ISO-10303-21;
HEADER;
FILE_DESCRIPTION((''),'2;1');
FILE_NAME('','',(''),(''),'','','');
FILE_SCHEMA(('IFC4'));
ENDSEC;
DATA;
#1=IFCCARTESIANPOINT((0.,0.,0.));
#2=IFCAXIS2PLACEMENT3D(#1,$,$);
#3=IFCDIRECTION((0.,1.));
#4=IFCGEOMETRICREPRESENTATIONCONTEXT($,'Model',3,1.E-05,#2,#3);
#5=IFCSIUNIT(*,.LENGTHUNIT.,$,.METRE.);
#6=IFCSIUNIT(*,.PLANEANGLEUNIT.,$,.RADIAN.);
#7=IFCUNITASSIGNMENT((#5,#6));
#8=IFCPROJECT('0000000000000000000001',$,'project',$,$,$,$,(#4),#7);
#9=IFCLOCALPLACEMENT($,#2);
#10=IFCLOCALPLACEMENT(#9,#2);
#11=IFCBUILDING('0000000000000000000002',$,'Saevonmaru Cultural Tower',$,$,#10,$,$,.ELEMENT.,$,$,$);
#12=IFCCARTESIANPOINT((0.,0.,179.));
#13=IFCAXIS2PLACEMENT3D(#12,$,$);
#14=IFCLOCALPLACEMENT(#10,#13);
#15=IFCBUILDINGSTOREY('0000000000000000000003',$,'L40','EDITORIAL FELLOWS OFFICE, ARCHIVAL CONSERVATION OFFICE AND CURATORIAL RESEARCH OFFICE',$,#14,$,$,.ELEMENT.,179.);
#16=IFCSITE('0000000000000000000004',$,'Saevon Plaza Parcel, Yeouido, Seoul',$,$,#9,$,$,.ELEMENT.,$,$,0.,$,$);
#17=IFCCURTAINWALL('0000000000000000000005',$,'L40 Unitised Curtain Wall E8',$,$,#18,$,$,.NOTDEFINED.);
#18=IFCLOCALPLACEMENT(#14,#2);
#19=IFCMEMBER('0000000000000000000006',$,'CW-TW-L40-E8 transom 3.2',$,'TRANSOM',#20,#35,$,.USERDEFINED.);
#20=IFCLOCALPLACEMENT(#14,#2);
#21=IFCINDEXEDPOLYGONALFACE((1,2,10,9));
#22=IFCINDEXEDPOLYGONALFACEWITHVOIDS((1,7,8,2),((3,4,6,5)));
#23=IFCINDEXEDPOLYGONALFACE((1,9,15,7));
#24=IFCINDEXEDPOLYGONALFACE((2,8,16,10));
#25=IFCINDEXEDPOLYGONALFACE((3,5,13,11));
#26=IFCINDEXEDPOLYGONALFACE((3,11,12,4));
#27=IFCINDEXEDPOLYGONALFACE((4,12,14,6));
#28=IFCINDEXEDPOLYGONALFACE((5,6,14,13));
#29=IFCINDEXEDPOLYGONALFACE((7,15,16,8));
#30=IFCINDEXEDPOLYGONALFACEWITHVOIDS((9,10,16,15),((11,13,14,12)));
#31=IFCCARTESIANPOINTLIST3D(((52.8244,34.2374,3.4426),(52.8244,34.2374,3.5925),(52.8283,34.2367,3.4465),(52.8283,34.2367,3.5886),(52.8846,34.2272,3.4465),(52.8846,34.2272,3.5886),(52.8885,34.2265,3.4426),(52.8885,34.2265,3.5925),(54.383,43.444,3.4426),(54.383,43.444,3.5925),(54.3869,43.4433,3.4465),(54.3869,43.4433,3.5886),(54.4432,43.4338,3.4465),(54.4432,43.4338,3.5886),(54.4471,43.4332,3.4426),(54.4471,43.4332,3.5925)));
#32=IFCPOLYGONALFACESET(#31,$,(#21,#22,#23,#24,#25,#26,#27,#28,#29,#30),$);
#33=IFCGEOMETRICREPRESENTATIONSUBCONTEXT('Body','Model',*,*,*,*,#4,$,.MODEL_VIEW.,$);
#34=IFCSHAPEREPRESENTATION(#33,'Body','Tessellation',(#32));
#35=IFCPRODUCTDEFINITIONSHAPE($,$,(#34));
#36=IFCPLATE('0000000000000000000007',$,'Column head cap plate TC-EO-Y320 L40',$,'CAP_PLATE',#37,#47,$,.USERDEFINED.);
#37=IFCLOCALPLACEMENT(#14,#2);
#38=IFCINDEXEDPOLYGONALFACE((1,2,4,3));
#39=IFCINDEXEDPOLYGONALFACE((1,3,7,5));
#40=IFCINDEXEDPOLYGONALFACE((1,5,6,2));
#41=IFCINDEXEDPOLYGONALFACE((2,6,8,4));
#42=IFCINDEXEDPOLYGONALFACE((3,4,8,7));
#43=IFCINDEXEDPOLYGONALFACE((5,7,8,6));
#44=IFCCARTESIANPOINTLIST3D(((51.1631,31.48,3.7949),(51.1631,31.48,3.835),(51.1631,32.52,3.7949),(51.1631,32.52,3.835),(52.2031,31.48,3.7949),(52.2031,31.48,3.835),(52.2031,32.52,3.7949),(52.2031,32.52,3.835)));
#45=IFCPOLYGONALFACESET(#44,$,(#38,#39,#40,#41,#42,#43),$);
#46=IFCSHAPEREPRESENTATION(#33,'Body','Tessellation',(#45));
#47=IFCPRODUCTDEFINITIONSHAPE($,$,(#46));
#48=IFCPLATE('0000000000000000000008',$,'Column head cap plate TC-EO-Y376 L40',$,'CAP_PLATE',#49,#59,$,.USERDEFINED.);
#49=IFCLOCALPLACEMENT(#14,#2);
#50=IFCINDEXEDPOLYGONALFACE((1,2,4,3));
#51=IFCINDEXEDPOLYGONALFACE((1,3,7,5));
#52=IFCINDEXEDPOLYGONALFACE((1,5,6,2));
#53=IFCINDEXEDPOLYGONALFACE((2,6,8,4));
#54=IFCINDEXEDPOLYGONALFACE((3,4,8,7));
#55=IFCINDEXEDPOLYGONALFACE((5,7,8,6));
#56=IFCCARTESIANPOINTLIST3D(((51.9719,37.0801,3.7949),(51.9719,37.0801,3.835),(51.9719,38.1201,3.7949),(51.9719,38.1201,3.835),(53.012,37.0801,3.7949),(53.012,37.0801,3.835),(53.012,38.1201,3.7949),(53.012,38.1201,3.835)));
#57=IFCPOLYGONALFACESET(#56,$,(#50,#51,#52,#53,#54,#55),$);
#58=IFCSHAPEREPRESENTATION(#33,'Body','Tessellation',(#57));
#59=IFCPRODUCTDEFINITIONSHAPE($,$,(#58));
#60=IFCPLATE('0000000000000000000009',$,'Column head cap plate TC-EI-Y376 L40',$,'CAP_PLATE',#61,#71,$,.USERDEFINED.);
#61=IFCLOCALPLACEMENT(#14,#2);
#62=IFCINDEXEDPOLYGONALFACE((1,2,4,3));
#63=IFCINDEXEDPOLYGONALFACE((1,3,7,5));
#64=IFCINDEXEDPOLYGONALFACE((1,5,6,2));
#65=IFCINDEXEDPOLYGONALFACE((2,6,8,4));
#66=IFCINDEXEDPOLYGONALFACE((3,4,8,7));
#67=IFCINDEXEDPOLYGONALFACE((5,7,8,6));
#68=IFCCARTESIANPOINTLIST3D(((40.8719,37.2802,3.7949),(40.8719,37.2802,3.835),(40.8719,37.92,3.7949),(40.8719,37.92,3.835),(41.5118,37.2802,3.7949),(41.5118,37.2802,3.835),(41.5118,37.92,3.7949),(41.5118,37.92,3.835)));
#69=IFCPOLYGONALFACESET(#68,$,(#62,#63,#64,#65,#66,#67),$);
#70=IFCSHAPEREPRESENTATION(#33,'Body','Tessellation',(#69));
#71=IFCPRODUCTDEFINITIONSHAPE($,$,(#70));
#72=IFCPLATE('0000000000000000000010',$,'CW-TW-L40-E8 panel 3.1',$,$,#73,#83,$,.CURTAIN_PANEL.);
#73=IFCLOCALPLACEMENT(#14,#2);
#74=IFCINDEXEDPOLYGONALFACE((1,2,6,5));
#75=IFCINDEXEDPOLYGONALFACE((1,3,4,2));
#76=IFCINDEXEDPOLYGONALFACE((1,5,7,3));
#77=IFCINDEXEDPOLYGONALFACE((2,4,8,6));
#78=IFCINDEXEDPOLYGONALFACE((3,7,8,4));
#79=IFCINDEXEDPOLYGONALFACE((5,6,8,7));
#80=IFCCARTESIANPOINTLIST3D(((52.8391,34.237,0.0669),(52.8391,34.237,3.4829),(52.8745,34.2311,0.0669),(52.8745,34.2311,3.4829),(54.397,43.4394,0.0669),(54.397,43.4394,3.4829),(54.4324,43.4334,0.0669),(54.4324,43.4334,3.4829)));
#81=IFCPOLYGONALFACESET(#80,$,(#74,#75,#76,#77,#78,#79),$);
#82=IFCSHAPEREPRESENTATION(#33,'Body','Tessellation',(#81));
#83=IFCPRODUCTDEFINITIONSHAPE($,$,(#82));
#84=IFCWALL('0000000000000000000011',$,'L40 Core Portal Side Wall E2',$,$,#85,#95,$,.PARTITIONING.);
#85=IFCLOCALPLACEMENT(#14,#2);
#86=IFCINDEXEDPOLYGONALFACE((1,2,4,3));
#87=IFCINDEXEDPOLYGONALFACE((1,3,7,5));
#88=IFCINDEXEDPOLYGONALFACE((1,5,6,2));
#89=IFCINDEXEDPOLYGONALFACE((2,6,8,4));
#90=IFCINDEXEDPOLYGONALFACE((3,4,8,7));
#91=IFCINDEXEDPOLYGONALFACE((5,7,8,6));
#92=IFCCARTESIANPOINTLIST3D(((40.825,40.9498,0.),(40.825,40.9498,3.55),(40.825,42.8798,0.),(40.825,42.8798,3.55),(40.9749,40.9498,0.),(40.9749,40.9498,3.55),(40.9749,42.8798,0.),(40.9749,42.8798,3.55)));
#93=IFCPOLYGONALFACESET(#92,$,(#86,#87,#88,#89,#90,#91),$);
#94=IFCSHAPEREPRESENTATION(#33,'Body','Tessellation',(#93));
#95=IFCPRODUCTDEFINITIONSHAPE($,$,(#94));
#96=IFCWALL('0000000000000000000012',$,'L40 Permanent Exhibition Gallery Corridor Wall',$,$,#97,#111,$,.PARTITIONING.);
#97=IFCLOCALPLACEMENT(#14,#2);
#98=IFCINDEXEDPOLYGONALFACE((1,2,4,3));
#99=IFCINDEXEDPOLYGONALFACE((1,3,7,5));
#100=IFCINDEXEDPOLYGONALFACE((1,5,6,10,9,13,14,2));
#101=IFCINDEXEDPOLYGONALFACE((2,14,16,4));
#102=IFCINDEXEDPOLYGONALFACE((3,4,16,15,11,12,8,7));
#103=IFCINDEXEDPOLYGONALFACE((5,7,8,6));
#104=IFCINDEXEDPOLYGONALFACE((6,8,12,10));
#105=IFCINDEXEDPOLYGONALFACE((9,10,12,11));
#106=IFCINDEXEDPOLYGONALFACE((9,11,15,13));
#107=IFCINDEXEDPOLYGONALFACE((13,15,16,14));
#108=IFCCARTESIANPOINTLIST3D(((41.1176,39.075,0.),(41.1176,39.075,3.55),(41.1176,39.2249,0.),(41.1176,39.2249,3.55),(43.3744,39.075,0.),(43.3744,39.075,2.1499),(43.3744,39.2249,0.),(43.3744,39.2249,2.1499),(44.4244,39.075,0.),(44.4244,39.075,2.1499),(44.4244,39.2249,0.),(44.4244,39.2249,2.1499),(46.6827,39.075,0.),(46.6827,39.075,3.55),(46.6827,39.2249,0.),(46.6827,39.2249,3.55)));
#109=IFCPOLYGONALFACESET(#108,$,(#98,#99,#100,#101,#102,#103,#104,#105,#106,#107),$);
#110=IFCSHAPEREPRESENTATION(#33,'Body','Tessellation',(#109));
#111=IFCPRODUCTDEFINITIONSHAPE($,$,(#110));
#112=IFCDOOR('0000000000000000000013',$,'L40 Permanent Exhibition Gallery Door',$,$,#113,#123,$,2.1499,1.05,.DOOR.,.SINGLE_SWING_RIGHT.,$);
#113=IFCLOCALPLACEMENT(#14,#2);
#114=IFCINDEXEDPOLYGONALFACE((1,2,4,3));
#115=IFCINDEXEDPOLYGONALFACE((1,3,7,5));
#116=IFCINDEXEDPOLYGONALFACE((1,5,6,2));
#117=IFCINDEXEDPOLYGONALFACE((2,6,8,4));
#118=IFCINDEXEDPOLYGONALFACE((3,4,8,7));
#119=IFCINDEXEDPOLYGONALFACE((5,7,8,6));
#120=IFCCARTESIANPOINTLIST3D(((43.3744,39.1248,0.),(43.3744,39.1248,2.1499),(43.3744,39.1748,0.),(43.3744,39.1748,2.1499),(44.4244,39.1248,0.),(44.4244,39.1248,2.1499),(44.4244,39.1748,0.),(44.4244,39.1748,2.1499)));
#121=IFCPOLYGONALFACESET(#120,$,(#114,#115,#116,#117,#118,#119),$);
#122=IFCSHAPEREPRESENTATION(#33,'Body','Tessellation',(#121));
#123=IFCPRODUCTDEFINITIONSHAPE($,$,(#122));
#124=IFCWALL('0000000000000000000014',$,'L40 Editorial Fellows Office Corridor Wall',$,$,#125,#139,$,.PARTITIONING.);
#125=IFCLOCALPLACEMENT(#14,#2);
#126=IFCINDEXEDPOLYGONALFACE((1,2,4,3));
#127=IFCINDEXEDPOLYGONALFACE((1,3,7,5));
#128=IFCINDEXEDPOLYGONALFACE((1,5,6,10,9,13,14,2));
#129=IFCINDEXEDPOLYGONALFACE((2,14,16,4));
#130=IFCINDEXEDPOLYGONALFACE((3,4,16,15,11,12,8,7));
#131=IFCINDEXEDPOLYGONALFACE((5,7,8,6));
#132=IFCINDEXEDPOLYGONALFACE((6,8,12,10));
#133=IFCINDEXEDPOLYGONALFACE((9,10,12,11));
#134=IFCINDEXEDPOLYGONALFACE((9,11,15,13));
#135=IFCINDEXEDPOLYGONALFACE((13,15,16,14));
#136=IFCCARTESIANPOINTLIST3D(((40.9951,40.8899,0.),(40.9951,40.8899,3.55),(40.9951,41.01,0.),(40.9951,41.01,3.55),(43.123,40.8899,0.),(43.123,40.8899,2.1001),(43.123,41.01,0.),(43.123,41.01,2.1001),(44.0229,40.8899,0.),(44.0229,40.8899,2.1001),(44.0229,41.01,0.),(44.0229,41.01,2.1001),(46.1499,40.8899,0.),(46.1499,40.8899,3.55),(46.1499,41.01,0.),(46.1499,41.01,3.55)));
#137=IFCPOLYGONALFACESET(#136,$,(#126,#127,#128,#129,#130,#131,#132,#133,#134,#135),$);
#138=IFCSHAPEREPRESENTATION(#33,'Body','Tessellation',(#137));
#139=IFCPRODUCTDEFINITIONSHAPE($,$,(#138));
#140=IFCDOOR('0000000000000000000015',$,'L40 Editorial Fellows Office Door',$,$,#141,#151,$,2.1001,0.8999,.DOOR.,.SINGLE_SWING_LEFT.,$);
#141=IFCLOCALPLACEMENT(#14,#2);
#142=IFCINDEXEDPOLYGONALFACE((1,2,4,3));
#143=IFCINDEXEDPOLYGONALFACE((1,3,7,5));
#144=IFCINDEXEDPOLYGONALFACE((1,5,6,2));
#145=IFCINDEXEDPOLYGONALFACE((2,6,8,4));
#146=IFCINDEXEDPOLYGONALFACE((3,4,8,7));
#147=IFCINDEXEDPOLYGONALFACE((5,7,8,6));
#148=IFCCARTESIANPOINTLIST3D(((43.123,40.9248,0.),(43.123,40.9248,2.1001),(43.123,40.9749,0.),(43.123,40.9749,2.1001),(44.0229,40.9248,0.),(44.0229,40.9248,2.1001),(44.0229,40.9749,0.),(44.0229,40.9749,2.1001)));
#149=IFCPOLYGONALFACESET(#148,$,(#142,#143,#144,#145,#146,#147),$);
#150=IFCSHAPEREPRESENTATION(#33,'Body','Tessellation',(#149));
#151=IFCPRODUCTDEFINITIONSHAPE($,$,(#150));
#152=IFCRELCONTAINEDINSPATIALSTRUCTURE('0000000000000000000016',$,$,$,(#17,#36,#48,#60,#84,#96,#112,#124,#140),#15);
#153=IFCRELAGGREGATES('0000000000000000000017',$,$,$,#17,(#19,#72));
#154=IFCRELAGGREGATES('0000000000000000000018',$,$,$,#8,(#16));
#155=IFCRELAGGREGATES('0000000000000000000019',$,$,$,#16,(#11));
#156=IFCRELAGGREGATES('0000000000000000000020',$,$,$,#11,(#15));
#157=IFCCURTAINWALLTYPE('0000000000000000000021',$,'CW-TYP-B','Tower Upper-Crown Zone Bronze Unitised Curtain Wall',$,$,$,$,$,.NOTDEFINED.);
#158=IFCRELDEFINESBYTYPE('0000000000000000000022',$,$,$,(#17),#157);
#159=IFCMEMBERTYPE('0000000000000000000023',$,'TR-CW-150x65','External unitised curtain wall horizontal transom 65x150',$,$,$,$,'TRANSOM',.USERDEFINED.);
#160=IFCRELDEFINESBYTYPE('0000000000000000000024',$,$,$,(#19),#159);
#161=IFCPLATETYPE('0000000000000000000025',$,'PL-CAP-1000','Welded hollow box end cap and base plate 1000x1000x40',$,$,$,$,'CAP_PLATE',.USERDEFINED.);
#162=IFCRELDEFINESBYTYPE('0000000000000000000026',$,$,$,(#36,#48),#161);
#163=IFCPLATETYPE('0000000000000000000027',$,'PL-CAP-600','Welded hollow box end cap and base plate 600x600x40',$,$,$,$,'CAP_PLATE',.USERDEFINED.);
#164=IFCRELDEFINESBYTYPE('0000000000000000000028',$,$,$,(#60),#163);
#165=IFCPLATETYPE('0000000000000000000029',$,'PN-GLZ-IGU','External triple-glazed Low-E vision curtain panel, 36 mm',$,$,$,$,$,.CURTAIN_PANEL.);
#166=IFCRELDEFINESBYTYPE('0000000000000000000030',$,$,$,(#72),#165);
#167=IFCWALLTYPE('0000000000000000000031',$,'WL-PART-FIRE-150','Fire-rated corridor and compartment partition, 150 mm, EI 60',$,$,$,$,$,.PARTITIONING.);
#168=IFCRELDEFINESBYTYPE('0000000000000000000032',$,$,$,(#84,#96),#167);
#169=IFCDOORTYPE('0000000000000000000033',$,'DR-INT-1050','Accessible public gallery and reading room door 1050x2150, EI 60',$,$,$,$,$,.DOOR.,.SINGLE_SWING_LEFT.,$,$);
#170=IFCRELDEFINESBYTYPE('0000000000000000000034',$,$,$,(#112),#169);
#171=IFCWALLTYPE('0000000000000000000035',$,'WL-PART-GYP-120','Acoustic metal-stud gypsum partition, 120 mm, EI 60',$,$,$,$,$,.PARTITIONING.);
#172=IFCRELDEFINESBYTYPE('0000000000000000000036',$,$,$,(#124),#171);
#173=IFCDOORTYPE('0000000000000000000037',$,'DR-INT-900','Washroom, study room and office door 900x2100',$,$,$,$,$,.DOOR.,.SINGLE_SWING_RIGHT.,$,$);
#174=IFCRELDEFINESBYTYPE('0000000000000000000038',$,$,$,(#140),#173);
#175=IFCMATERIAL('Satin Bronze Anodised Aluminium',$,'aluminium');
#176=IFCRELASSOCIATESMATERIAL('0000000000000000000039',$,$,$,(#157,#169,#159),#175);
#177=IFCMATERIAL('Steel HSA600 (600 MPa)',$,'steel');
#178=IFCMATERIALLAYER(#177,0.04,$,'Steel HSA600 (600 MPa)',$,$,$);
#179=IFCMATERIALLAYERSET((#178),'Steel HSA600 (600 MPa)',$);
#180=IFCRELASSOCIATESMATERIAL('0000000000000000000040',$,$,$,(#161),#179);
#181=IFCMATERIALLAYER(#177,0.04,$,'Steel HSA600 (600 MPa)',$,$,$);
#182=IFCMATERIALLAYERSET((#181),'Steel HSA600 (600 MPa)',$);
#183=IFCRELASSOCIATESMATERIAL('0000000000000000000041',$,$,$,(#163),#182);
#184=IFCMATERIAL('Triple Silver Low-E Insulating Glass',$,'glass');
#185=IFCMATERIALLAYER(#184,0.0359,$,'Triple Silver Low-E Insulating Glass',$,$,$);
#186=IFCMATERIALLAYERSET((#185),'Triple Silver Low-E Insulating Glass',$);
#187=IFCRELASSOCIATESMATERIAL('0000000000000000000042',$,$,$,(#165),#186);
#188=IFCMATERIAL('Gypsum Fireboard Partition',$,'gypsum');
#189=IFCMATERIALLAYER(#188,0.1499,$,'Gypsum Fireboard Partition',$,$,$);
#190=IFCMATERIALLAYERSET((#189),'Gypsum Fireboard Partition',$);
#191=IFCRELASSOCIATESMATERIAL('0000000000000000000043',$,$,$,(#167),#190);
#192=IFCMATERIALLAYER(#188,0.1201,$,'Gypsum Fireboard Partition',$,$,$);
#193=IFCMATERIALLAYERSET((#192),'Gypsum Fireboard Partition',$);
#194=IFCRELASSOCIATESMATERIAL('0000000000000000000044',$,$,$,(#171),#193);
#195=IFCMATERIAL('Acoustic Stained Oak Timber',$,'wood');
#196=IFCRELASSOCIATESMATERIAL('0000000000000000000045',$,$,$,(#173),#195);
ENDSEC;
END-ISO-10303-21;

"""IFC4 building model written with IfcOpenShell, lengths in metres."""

from ifc_helpers import new_model, si_unit, direction, frame, frame_2d, origin, origin_2d, place, context, subcontext, project, spatial, rectangle, hollow_rectangle, extrude, material, layer, layer_set, material_profile, profile_set, type_object, element, fill, aggregate, save


model = new_model("IFC4")

# Units and contexts
model_context = context("Model", 3, precision=1e-05, world=origin(), true_north=direction((0.0, 1.0)))
body_context = subcontext(model_context, "Body", "Model", "MODEL_VIEW")
ifc_project = project(units=[si_unit("LENGTHUNIT", "METRE"), si_unit("PLANEANGLEUNIT", "RADIAN")], contexts=[model_context])

# Site, building, storey
site_placement = place(None, origin())
site = spatial("IfcSite", under=ifc_project, at=site_placement, Name="Saevon Plaza Parcel, Yeouido, Seoul", CompositionType="ELEMENT", RefElevation=0.0)
building_placement = place(site_placement, origin())
building = spatial("IfcBuilding", under=site, at=building_placement, Name="Saevonmaru Cultural Tower", CompositionType="ELEMENT")
storey_placement = place(building_placement, frame((0.0, 0.0, 179.0)))
storey = spatial("IfcBuildingStorey", under=building, at=storey_placement, Name="L40", Description="EDITORIAL FELLOWS OFFICE, ARCHIVAL CONSERVATION OFFICE AND CURATORIAL RESEARCH OFFICE", CompositionType="ELEMENT", Elevation=179.0)

# Curtain wall, member
ifc_material_1 = material(Name="Satin Bronze Anodised Aluminium", Category="aluminium")
curtain_wall_type = type_object("IfcCurtainWallType", Name="CW-TYP-B", Description="Tower Upper-Crown Zone Bronze Unitised Curtain Wall", PredefinedType="NOTDEFINED", material=ifc_material_1)
curtain_wall_placement = place(storey_placement, origin())
curtain_wall = element("IfcCurtainWall", 1, at=curtain_wall_placement, inside=storey, type_object=curtain_wall_type, Name="L40 Unitised Curtain Wall E8", PredefinedType="NOTDEFINED")
ifc_material_profile_1 = material_profile(ifc_material_1, hollow_rectangle(XDim=0.0649, YDim=0.1499, WallThickness=0.0039, at=origin_2d()), Name="ALU-TRAN-150x65x4")
ifc_profile_set_1 = profile_set([ifc_material_profile_1], Name="Satin Bronze Anodised Aluminium")
member_type_1 = type_object("IfcMemberType", Name="TR-CW-150x65", Description="External unitised curtain wall horizontal transom 65x150", ElementType="TRANSOM", PredefinedType="USERDEFINED", material=ifc_profile_set_1)
member_1_placement = place(storey_placement, frame((52.8564, 34.2319, 3.5176), z_axis=(0.166917, 0.985971, 0.0), x_axis=(-0.985971, 0.166917, 0.0)))
member_1 = element("IfcMember", 2, at=member_1_placement, type_object=member_type_1, Name="CW-TW-L40-E8 transom 3.2", ObjectType="TRANSOM", PredefinedType="USERDEFINED", context=body_context, shape_type="SweptSolid", body=[
    extrude(hollow_rectangle(XDim=0.0649, YDim=0.1499, WallThickness=0.0039, at=origin_2d()), origin(), (0.0, 0.0, 1.0), 9.3376),
])

# Plates
ifc_material_2 = material(Name="Steel HSA600 (600 MPa)", Category="steel")
ifc_layer_1 = layer(ifc_material_2, 0.04, Name="Steel HSA600 (600 MPa)")
ifc_layer_set_1 = layer_set([ifc_layer_1], Name="Steel HSA600 (600 MPa)")
plate_type_1 = type_object("IfcPlateType", Name="PL-CAP-1000", Description="Welded hollow box end cap and base plate 1000x1000x40", ElementType="CAP_PLATE", PredefinedType="USERDEFINED", material=ifc_layer_set_1)
for number, where, z_axis, x_axis, name in (
    (3, (51.6831, 32.0, 3.7949), (0.0, 0.0, 1.0), (1.0, 0.0, 0.0), "Column head cap plate TC-EO-Y320 L40"),
    (4, (52.4919, 37.6001, 3.7949), (0.0, 0.0, 1.0), (1.0, 0.0, 0.0), "Column head cap plate TC-EO-Y376 L40"),
):
    element("IfcPlate", number, at=place(storey_placement, frame(where, z_axis=z_axis, x_axis=x_axis)), inside=storey, type_object=plate_type_1, Name=name, ObjectType="CAP_PLATE", PredefinedType="USERDEFINED", context=body_context, shape_type="SweptSolid", body=[
        extrude(rectangle(XDim=1.04, YDim=1.04, at=origin_2d()), origin(), (0.0, 0.0, 1.0), 0.04),
    ])
ifc_layer_2 = layer(ifc_material_2, 0.04, Name="Steel HSA600 (600 MPa)")
ifc_layer_set_2 = layer_set([ifc_layer_2], Name="Steel HSA600 (600 MPa)")
plate_type_2 = type_object("IfcPlateType", Name="PL-CAP-600", Description="Welded hollow box end cap and base plate 600x600x40", ElementType="CAP_PLATE", PredefinedType="USERDEFINED", material=ifc_layer_set_2)
plate_1_placement = place(storey_placement, frame((41.1919, 37.6001, 3.7949), z_axis=(0.0, 0.0, 1.0), x_axis=(1.0, 0.0, 0.0)))
element("IfcPlate", 5, at=plate_1_placement, inside=storey, type_object=plate_type_2, Name="Column head cap plate TC-EI-Y376 L40", ObjectType="CAP_PLATE", PredefinedType="USERDEFINED", context=body_context, shape_type="SweptSolid", body=[
    extrude(rectangle(XDim=0.6399, YDim=0.6399, at=origin_2d()), origin(), (0.0, 0.0, 1.0), 0.04),
])

# Plate
ifc_material_3 = material(Name="Triple Silver Low-E Insulating Glass", Category="glass")
ifc_layer_3 = layer(ifc_material_3, 0.0359, Name="Triple Silver Low-E Insulating Glass")
ifc_layer_set_3 = layer_set([ifc_layer_3], Name="Triple Silver Low-E Insulating Glass")
plate_type_3 = type_object("IfcPlateType", Name="PN-GLZ-IGU", Description="External triple-glazed Low-E vision curtain panel, 36 mm", PredefinedType="CURTAIN_PANEL", material=ifc_layer_set_3)
plate_2_placement = place(storey_placement, frame((53.6357, 38.8352, 0.0669), z_axis=(0.0, 0.0, 1.0), x_axis=(0.166922, 0.98597, 0.0)))
plate_2 = element("IfcPlate", 6, at=plate_2_placement, type_object=plate_type_3, Name="CW-TW-L40-E8 panel 3.1", PredefinedType="CURTAIN_PANEL", context=body_context, shape_type="SweptSolid", body=[
    extrude(rectangle(XDim=9.3333, YDim=0.0359, at=origin_2d()), origin(), (0.0, 0.0, 1.0), 3.416),
])
aggregate(curtain_wall, [member_1, plate_2])

# Shared definitions
ifc_material_4 = material(Name="Gypsum Fireboard Partition", Category="gypsum")
ifc_layer_4 = layer(ifc_material_4, 0.1499, Name="Gypsum Fireboard Partition")
ifc_layer_set_4 = layer_set([ifc_layer_4], Name="Gypsum Fireboard Partition")
wall_type_1 = type_object("IfcWallType", Name="WL-PART-FIRE-150", Description="Fire-rated corridor and compartment partition, 150 mm, EI 60", PredefinedType="PARTITIONING", material=ifc_layer_set_4)
door_type_1 = type_object("IfcDoorType", Name="DR-INT-1050", Description="Accessible public gallery and reading room door 1050x2150, EI 60", OperationType="SINGLE_SWING_LEFT", PredefinedType="DOOR", material=ifc_material_1)

# Wall
wall_1_placement = place(storey_placement, frame((40.8999, 40.95, 0.0), z_axis=(0.0, 0.0, 1.0), x_axis=(0.0, 1.0, 0.0)))
element("IfcWall", 7, at=wall_1_placement, inside=storey, type_object=wall_type_1, Name="L40 Core Portal Side Wall E2", PredefinedType="PARTITIONING", context=body_context, shape_type="SweptSolid", body=[
    extrude(rectangle(XDim=1.9299, YDim=0.1499, at=frame_2d((0.9648, 0.0))), origin(), (0.0, 0.0, 1.0), 3.55),
])

# Walls, openings, doors
wall_2_placement = place(storey_placement, frame((41.1174, 39.1499, 0.0), z_axis=(0.0, 0.0, 1.0), x_axis=(1.0, 0.0, 0.0)))
wall_2 = element("IfcWall", 8, at=wall_2_placement, inside=storey, type_object=wall_type_1, Name="L40 Permanent Exhibition Gallery Corridor Wall", PredefinedType="PARTITIONING", context=body_context, shape_type="SweptSolid", body=[
    extrude(rectangle(XDim=5.5652, YDim=0.1499, at=frame_2d((2.7827, 0.0))), origin(), (0.0, 0.0, 1.0), 3.55),
])
opening_1_placement = place(wall_2_placement, frame((2.2571, 0.0, 0.0)))
opening_1 = element("IfcOpeningElement", 9, at=opening_1_placement, cuts=wall_2, PredefinedType="OPENING", context=body_context, shape_type="SweptSolid", body=[
    extrude(rectangle(XDim=1.05, YDim=2.1499, at=frame_2d((0.5249, 1.075))), frame((0.0, 0.085, 0.0), z_axis=(0.0, -1.0, 0.0), x_axis=(1.0, 0.0, 0.0)), (0.0, 0.0, 1.0), 0.1699),
])
door_1_placement = place(opening_1_placement, origin())
door_1 = element("IfcDoor", 10, at=door_1_placement, inside=storey, type_object=door_type_1, Name="L40 Permanent Exhibition Gallery Door", OperationType="SINGLE_SWING_RIGHT", OverallHeight=2.1499, OverallWidth=1.05, PredefinedType="DOOR", context=body_context, shape_type="SweptSolid", body=[
    extrude(rectangle(XDim=1.05, YDim=2.1499, at=frame_2d((0.5249, 1.075))), frame((0.0, 0.0249, 0.0), z_axis=(0.0, -1.0, 0.0), x_axis=(1.0, 0.0, 0.0)), (0.0, 0.0, 1.0), 0.05),
])
fill(opening_1, door_1)
ifc_layer_5 = layer(ifc_material_4, 0.1201, Name="Gypsum Fireboard Partition")
ifc_layer_set_5 = layer_set([ifc_layer_5], Name="Gypsum Fireboard Partition")
wall_type_2 = type_object("IfcWallType", Name="WL-PART-GYP-120", Description="Acoustic metal-stud gypsum partition, 120 mm, EI 60", PredefinedType="PARTITIONING", material=ifc_layer_set_5)
wall_3_placement = place(storey_placement, frame((40.9951, 40.95, 0.0), z_axis=(0.0, 0.0, 1.0), x_axis=(1.0, 0.0, 0.0)))
wall_3 = element("IfcWall", 11, at=wall_3_placement, inside=storey, type_object=wall_type_2, Name="L40 Editorial Fellows Office Corridor Wall", PredefinedType="PARTITIONING", context=body_context, shape_type="SweptSolid", body=[
    extrude(rectangle(XDim=5.1548, YDim=0.1201, at=frame_2d((2.5774, 0.0))), origin(), (0.0, 0.0, 1.0), 3.55),
])
opening_2_placement = place(wall_3_placement, frame((2.1279, 0.0, 0.0)))
opening_2 = element("IfcOpeningElement", 12, at=opening_2_placement, cuts=wall_3, PredefinedType="OPENING", context=body_context, shape_type="SweptSolid", body=[
    extrude(rectangle(XDim=0.8999, YDim=2.1001, at=frame_2d((0.45, 1.05))), frame((0.0, 0.0701, 0.0), z_axis=(0.0, -1.0, 0.0), x_axis=(1.0, 0.0, 0.0)), (0.0, 0.0, 1.0), 0.1401),
])
ifc_material_5 = material(Name="Acoustic Stained Oak Timber", Category="wood")
door_type_2 = type_object("IfcDoorType", Name="DR-INT-900", Description="Washroom, study room and office door 900x2100", OperationType="SINGLE_SWING_RIGHT", PredefinedType="DOOR", material=ifc_material_5)
door_2_placement = place(opening_2_placement, origin())
door_2 = element("IfcDoor", 13, at=door_2_placement, inside=storey, type_object=door_type_2, Name="L40 Editorial Fellows Office Door", OperationType="SINGLE_SWING_LEFT", OverallHeight=2.1001, OverallWidth=0.8999, PredefinedType="DOOR", context=body_context, shape_type="SweptSolid", body=[
    extrude(rectangle(XDim=0.8999, YDim=2.1001, at=frame_2d((0.45, 1.05))), frame((0.0, 0.0249, 0.0), z_axis=(0.0, -1.0, 0.0), x_axis=(1.0, 0.0, 0.0)), (0.0, 0.0, 1.0), 0.05),
])
fill(opening_2, door_2)

save(model, "model.ifc")
